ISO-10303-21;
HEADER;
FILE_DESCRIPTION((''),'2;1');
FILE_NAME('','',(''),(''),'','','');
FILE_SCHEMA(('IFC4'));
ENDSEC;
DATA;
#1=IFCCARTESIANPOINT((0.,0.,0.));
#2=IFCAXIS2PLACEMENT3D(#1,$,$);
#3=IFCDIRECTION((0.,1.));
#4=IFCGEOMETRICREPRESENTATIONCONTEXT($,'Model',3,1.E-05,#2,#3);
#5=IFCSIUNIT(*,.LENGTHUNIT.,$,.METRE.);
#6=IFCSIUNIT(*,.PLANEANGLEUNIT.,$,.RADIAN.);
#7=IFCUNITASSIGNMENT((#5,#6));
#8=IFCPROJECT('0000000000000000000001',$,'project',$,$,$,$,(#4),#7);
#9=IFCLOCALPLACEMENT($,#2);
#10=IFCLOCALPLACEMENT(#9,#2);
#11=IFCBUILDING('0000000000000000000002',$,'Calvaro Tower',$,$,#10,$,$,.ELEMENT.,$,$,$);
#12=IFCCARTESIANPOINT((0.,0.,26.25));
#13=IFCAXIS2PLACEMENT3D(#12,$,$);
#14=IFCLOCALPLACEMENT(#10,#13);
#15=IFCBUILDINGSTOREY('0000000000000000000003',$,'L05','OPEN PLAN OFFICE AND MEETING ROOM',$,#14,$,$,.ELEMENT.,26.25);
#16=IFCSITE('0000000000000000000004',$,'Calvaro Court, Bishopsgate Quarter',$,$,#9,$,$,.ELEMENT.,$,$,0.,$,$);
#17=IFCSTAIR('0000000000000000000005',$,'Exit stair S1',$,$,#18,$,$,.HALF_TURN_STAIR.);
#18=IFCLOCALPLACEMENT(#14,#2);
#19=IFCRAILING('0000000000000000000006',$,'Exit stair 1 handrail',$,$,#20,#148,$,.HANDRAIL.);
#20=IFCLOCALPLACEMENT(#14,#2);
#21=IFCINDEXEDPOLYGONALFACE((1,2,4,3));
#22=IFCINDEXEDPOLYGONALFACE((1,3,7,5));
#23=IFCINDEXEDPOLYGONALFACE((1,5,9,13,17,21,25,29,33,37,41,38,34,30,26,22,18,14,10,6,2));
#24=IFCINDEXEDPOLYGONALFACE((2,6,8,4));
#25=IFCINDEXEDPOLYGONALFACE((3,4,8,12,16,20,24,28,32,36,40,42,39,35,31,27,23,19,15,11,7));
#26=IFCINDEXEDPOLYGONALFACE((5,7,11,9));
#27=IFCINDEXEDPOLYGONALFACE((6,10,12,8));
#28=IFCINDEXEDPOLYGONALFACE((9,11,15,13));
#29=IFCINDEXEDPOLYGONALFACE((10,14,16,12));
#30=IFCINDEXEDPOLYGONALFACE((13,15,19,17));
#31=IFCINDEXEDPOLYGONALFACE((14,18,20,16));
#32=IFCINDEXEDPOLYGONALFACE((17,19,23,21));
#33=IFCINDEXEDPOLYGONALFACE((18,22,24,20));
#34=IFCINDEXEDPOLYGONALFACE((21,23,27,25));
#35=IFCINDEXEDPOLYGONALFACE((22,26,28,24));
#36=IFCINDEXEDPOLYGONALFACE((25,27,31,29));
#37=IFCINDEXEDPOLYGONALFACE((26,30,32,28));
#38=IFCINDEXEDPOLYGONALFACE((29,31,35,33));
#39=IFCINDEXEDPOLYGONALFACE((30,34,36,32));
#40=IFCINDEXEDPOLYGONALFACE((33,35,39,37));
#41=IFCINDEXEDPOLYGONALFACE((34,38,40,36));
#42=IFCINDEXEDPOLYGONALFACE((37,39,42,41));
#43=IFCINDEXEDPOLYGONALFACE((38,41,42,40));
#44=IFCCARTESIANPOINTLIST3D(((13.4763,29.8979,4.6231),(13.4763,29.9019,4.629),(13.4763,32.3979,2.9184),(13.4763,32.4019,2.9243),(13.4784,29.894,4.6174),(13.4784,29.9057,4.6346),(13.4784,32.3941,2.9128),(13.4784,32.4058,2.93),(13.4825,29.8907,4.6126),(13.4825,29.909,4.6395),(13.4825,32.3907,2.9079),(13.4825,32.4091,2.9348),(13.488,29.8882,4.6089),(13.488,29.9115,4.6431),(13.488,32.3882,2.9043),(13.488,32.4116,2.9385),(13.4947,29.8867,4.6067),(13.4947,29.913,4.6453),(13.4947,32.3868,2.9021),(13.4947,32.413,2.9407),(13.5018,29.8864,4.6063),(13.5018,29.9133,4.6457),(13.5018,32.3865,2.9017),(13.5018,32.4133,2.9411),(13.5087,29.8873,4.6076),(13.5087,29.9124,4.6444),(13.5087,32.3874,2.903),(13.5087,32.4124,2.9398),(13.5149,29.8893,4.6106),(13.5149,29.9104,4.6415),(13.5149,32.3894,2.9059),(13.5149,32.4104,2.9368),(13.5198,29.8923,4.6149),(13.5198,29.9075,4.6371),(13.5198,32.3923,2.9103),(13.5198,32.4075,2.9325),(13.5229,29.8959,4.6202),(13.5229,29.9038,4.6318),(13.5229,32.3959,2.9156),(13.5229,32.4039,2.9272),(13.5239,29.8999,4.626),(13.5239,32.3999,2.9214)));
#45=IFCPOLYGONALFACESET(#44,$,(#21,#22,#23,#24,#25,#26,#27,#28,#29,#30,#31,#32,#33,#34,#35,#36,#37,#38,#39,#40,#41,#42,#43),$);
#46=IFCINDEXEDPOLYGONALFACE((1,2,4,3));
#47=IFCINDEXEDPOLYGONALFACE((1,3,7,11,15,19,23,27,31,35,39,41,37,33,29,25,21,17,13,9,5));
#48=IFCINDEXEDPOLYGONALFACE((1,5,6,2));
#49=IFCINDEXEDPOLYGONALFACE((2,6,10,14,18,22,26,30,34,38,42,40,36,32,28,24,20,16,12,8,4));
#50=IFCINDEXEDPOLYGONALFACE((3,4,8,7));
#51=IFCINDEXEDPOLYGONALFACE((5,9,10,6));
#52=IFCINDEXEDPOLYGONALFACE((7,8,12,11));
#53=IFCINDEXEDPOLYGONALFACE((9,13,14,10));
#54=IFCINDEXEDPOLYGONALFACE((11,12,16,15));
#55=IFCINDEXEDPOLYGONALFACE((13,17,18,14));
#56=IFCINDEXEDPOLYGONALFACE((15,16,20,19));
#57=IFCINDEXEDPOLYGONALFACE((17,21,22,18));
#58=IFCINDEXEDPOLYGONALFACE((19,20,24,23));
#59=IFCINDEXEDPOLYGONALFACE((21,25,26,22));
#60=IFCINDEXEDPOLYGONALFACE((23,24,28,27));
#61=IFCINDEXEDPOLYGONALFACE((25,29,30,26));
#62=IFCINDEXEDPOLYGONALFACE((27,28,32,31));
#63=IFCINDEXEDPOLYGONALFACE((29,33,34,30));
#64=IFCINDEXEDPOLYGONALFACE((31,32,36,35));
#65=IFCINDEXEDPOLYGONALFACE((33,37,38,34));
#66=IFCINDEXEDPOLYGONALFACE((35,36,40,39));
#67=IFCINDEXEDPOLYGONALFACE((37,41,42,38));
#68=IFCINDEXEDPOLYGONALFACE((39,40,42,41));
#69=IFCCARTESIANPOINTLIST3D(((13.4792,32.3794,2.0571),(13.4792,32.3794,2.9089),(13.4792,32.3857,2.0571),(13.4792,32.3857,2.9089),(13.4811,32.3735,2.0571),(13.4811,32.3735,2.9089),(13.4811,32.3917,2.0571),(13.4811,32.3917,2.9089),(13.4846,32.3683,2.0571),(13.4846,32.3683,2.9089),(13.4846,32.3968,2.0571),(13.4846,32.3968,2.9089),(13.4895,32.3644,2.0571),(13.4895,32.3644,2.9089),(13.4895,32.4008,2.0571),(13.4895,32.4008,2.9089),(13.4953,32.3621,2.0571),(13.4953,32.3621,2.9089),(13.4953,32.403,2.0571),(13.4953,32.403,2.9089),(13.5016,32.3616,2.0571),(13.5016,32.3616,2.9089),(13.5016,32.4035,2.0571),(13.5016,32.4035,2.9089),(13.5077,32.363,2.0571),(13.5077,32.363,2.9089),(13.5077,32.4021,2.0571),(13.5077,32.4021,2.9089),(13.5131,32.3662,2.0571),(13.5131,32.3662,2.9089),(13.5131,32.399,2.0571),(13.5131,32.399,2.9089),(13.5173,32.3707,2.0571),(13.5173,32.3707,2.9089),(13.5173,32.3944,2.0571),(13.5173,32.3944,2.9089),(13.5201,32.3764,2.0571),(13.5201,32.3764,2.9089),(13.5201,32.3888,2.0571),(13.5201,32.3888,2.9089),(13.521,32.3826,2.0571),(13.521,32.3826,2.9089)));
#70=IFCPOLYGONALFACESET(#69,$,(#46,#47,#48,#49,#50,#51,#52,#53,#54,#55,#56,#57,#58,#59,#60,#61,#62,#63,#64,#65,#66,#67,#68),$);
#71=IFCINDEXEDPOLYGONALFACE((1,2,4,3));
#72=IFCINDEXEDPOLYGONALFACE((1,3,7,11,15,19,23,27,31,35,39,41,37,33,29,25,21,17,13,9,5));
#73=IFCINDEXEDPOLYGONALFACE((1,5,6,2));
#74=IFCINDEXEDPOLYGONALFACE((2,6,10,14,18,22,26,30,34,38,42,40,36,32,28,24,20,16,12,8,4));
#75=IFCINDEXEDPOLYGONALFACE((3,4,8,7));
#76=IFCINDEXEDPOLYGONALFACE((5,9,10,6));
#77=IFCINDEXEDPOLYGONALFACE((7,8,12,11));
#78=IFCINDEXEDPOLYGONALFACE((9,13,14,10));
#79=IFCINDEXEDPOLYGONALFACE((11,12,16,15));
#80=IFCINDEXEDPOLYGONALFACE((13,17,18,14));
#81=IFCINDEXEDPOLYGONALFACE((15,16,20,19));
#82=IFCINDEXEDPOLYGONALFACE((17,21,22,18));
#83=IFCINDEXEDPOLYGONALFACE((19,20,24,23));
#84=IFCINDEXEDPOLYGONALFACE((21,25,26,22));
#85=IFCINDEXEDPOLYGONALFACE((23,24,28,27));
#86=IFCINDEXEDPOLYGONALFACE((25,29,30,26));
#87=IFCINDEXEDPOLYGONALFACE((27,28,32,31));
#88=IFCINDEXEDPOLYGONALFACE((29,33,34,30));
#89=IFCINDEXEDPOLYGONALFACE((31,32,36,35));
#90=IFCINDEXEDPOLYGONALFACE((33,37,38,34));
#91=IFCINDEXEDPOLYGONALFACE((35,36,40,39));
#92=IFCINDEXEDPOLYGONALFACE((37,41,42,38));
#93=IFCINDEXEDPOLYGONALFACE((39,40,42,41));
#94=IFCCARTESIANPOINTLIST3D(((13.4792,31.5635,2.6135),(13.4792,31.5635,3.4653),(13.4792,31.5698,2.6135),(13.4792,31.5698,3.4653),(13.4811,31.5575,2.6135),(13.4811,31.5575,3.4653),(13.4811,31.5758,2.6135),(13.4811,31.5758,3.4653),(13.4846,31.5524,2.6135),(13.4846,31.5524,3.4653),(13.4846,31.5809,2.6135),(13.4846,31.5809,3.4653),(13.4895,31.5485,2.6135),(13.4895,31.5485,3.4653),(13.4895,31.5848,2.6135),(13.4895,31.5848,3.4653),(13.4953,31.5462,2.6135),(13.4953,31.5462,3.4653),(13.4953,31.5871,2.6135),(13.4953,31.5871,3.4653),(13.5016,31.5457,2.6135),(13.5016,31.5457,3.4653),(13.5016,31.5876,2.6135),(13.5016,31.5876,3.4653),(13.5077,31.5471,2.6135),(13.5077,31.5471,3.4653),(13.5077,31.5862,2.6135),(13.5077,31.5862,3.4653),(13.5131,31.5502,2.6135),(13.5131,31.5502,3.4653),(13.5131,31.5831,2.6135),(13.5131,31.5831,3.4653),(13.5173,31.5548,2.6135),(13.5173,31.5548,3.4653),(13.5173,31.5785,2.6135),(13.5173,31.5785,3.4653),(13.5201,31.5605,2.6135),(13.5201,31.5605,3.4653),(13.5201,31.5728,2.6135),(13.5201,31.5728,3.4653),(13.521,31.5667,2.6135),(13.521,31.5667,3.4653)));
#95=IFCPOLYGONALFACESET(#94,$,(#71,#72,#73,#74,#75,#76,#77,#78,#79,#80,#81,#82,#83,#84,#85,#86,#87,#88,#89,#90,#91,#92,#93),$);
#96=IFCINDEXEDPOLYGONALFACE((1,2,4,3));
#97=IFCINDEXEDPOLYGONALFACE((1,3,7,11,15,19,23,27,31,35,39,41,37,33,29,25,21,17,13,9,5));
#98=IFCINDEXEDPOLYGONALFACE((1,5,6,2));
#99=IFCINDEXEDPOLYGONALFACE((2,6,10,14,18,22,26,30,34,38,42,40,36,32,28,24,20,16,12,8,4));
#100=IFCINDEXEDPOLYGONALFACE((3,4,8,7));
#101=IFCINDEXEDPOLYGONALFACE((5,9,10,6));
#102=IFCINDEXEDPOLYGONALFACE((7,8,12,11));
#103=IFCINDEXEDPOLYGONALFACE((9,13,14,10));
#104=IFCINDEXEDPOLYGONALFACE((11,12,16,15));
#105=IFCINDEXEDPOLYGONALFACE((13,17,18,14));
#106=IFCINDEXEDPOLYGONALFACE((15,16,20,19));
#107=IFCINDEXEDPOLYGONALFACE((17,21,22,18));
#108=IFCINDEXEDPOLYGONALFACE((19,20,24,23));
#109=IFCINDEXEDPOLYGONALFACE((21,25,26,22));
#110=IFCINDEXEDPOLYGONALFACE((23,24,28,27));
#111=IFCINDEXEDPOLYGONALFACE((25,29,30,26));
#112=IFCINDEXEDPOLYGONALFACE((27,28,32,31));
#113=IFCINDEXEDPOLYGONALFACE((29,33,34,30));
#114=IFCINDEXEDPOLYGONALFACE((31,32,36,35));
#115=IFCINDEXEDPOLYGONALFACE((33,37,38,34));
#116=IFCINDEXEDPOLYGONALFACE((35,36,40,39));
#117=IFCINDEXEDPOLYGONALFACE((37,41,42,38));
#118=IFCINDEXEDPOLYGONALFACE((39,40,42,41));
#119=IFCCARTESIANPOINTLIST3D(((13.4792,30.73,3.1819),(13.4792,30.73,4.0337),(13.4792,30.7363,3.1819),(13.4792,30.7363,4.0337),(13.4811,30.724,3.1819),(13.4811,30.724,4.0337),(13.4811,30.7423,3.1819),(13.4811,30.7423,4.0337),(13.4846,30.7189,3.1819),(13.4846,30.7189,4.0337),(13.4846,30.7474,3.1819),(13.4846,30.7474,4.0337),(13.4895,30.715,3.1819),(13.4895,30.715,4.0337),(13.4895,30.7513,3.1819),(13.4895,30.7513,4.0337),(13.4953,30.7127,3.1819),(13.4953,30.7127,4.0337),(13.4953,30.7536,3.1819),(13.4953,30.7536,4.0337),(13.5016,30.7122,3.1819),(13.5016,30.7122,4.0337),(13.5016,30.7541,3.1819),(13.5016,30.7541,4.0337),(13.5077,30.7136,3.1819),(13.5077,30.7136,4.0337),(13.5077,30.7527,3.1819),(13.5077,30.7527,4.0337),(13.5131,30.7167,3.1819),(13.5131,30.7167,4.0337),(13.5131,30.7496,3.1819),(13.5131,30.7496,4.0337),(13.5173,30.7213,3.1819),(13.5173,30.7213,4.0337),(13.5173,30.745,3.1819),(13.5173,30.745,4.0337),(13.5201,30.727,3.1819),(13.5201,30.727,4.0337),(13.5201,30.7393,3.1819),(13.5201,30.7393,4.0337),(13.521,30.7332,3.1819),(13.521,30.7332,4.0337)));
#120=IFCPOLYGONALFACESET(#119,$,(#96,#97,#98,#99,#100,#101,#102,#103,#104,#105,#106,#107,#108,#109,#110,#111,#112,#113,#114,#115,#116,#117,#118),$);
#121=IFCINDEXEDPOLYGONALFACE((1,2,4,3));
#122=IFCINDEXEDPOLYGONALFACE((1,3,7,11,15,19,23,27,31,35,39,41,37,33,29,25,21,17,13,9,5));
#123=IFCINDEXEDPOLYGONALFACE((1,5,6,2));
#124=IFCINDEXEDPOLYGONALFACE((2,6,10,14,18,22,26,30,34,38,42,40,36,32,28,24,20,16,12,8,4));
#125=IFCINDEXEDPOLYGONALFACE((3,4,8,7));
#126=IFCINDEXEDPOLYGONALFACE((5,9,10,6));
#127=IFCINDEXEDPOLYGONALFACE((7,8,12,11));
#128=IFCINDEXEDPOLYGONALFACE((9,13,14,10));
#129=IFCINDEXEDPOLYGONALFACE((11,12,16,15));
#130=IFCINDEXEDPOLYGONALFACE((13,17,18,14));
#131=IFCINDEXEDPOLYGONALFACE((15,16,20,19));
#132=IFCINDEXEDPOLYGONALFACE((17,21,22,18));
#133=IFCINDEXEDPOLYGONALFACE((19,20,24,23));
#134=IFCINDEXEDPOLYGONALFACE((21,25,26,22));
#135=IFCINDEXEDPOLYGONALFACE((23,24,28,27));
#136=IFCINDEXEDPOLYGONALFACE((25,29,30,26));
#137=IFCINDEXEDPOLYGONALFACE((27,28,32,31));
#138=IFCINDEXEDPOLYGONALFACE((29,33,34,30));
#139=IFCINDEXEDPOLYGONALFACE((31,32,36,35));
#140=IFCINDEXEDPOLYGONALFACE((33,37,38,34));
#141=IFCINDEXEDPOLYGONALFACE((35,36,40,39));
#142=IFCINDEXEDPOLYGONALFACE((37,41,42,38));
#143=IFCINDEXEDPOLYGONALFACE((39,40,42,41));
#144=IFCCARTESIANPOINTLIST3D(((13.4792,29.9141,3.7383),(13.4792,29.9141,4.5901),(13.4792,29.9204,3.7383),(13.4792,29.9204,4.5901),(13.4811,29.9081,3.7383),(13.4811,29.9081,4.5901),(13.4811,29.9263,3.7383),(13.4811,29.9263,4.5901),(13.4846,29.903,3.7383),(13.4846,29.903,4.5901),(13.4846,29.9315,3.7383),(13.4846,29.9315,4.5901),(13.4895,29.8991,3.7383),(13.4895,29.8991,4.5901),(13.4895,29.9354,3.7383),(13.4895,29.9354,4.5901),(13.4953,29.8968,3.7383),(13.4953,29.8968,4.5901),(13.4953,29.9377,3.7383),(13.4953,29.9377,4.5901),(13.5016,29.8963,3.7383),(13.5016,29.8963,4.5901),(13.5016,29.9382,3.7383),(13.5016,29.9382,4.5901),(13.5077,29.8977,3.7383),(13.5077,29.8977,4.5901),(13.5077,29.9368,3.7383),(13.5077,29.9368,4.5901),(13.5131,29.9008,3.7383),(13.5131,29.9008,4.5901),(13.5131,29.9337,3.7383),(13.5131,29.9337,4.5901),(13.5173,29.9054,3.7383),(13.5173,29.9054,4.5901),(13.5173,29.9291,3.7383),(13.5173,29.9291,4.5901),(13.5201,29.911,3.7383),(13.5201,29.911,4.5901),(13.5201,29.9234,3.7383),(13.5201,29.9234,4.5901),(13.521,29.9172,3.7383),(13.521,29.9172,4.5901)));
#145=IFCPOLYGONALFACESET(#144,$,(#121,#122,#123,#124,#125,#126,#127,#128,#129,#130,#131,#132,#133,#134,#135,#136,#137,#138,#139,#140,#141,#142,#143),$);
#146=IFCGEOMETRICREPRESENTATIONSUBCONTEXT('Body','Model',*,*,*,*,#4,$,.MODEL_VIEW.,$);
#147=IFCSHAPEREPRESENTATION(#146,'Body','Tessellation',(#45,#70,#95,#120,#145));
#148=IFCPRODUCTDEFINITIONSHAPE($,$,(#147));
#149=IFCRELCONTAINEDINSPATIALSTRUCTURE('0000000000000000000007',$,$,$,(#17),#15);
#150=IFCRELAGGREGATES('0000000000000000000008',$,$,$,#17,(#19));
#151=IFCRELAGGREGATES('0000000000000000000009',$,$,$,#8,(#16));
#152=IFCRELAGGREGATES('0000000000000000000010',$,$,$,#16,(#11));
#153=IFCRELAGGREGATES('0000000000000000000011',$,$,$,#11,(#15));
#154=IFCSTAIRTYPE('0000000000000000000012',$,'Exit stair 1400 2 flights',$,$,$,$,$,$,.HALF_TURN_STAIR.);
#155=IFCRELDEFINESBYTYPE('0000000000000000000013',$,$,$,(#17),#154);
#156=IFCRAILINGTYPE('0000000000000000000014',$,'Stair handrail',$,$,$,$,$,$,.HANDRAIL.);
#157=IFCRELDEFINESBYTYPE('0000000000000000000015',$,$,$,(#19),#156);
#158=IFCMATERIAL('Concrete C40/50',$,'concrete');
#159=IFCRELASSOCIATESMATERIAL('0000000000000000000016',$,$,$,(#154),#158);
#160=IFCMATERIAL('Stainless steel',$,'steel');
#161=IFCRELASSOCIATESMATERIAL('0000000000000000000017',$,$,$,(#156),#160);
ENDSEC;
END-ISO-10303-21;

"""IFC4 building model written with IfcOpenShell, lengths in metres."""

from ifc_helpers import new_model, si_unit, direction, frame, origin, origin_2d, place, context, subcontext, project, spatial, circle, extrude, material, type_object, element, aggregate, save


model = new_model("IFC4")

# Units and contexts
model_context = context("Model", 3, precision=1e-05, world=origin(), true_north=direction((0.0, 1.0)))
body_context = subcontext(model_context, "Body", "Model", "MODEL_VIEW")
ifc_project = project(units=[si_unit("LENGTHUNIT", "METRE"), si_unit("PLANEANGLEUNIT", "RADIAN")], contexts=[model_context])

# Site, building, storey
site_placement = place(None, origin())
site = spatial("IfcSite", under=ifc_project, at=site_placement, Name="Calvaro Court, Bishopsgate Quarter", CompositionType="ELEMENT", RefElevation=0.0)
building_placement = place(site_placement, origin())
building = spatial("IfcBuilding", under=site, at=building_placement, Name="Calvaro Tower", CompositionType="ELEMENT")
storey_placement = place(building_placement, frame((0.0, 0.0, 26.25)))
storey = spatial("IfcBuildingStorey", under=building, at=storey_placement, Name="L05", Description="OPEN PLAN OFFICE AND MEETING ROOM", CompositionType="ELEMENT", Elevation=26.25)

# Stair, railing
ifc_material_1 = material(Name="Concrete C40/50", Category="concrete")
stair_type = type_object("IfcStairType", Name="Exit stair 1400 2 flights", PredefinedType="HALF_TURN_STAIR", material=ifc_material_1)
stair_placement = place(storey_placement, origin())
stair = element("IfcStair", 1, at=stair_placement, inside=storey, type_object=stair_type, Name="Exit stair S1", PredefinedType="HALF_TURN_STAIR")
ifc_material_2 = material(Name="Stainless steel", Category="steel")
railing_type = type_object("IfcRailingType", Name="Stair handrail", PredefinedType="HANDRAIL", material=ifc_material_2)
railing_1_placement = place(storey_placement, frame((13.5, 32.3999, 2.0454)))
railing_1 = element("IfcRailing", 2, at=railing_1_placement, type_object=railing_type, Name="Exit stair 1 handrail", PredefinedType="HANDRAIL", context=body_context, shape_type="SweptSolid", body=[
    extrude(circle(Radius=0.0239, at=origin_2d()), frame((0.0, 0.0, 0.876), z_axis=(0.0, -0.826221, 0.563347), x_axis=(1.0, 0.0, 0.0)), (0.0, 0.0, 1.0), 3.0259),
    extrude(circle(Radius=0.021, at=origin_2d()), frame((0.0, -0.0173, 0.0117)), (0.0, 0.0, 1.0), 0.8518),
    extrude(circle(Radius=0.021, at=origin_2d()), frame((0.0, -0.8333, 0.5681)), (0.0, 0.0, 1.0), 0.8518),
    extrude(circle(Radius=0.021, at=origin_2d()), frame((0.0, -1.6667, 1.1365)), (0.0, 0.0, 1.0), 0.8518),
    extrude(circle(Radius=0.021, at=origin_2d()), frame((0.0, -2.4827, 1.6929)), (0.0, 0.0, 1.0), 0.8518),
])
aggregate(stair, [railing_1])

save(model, "model.ifc")
